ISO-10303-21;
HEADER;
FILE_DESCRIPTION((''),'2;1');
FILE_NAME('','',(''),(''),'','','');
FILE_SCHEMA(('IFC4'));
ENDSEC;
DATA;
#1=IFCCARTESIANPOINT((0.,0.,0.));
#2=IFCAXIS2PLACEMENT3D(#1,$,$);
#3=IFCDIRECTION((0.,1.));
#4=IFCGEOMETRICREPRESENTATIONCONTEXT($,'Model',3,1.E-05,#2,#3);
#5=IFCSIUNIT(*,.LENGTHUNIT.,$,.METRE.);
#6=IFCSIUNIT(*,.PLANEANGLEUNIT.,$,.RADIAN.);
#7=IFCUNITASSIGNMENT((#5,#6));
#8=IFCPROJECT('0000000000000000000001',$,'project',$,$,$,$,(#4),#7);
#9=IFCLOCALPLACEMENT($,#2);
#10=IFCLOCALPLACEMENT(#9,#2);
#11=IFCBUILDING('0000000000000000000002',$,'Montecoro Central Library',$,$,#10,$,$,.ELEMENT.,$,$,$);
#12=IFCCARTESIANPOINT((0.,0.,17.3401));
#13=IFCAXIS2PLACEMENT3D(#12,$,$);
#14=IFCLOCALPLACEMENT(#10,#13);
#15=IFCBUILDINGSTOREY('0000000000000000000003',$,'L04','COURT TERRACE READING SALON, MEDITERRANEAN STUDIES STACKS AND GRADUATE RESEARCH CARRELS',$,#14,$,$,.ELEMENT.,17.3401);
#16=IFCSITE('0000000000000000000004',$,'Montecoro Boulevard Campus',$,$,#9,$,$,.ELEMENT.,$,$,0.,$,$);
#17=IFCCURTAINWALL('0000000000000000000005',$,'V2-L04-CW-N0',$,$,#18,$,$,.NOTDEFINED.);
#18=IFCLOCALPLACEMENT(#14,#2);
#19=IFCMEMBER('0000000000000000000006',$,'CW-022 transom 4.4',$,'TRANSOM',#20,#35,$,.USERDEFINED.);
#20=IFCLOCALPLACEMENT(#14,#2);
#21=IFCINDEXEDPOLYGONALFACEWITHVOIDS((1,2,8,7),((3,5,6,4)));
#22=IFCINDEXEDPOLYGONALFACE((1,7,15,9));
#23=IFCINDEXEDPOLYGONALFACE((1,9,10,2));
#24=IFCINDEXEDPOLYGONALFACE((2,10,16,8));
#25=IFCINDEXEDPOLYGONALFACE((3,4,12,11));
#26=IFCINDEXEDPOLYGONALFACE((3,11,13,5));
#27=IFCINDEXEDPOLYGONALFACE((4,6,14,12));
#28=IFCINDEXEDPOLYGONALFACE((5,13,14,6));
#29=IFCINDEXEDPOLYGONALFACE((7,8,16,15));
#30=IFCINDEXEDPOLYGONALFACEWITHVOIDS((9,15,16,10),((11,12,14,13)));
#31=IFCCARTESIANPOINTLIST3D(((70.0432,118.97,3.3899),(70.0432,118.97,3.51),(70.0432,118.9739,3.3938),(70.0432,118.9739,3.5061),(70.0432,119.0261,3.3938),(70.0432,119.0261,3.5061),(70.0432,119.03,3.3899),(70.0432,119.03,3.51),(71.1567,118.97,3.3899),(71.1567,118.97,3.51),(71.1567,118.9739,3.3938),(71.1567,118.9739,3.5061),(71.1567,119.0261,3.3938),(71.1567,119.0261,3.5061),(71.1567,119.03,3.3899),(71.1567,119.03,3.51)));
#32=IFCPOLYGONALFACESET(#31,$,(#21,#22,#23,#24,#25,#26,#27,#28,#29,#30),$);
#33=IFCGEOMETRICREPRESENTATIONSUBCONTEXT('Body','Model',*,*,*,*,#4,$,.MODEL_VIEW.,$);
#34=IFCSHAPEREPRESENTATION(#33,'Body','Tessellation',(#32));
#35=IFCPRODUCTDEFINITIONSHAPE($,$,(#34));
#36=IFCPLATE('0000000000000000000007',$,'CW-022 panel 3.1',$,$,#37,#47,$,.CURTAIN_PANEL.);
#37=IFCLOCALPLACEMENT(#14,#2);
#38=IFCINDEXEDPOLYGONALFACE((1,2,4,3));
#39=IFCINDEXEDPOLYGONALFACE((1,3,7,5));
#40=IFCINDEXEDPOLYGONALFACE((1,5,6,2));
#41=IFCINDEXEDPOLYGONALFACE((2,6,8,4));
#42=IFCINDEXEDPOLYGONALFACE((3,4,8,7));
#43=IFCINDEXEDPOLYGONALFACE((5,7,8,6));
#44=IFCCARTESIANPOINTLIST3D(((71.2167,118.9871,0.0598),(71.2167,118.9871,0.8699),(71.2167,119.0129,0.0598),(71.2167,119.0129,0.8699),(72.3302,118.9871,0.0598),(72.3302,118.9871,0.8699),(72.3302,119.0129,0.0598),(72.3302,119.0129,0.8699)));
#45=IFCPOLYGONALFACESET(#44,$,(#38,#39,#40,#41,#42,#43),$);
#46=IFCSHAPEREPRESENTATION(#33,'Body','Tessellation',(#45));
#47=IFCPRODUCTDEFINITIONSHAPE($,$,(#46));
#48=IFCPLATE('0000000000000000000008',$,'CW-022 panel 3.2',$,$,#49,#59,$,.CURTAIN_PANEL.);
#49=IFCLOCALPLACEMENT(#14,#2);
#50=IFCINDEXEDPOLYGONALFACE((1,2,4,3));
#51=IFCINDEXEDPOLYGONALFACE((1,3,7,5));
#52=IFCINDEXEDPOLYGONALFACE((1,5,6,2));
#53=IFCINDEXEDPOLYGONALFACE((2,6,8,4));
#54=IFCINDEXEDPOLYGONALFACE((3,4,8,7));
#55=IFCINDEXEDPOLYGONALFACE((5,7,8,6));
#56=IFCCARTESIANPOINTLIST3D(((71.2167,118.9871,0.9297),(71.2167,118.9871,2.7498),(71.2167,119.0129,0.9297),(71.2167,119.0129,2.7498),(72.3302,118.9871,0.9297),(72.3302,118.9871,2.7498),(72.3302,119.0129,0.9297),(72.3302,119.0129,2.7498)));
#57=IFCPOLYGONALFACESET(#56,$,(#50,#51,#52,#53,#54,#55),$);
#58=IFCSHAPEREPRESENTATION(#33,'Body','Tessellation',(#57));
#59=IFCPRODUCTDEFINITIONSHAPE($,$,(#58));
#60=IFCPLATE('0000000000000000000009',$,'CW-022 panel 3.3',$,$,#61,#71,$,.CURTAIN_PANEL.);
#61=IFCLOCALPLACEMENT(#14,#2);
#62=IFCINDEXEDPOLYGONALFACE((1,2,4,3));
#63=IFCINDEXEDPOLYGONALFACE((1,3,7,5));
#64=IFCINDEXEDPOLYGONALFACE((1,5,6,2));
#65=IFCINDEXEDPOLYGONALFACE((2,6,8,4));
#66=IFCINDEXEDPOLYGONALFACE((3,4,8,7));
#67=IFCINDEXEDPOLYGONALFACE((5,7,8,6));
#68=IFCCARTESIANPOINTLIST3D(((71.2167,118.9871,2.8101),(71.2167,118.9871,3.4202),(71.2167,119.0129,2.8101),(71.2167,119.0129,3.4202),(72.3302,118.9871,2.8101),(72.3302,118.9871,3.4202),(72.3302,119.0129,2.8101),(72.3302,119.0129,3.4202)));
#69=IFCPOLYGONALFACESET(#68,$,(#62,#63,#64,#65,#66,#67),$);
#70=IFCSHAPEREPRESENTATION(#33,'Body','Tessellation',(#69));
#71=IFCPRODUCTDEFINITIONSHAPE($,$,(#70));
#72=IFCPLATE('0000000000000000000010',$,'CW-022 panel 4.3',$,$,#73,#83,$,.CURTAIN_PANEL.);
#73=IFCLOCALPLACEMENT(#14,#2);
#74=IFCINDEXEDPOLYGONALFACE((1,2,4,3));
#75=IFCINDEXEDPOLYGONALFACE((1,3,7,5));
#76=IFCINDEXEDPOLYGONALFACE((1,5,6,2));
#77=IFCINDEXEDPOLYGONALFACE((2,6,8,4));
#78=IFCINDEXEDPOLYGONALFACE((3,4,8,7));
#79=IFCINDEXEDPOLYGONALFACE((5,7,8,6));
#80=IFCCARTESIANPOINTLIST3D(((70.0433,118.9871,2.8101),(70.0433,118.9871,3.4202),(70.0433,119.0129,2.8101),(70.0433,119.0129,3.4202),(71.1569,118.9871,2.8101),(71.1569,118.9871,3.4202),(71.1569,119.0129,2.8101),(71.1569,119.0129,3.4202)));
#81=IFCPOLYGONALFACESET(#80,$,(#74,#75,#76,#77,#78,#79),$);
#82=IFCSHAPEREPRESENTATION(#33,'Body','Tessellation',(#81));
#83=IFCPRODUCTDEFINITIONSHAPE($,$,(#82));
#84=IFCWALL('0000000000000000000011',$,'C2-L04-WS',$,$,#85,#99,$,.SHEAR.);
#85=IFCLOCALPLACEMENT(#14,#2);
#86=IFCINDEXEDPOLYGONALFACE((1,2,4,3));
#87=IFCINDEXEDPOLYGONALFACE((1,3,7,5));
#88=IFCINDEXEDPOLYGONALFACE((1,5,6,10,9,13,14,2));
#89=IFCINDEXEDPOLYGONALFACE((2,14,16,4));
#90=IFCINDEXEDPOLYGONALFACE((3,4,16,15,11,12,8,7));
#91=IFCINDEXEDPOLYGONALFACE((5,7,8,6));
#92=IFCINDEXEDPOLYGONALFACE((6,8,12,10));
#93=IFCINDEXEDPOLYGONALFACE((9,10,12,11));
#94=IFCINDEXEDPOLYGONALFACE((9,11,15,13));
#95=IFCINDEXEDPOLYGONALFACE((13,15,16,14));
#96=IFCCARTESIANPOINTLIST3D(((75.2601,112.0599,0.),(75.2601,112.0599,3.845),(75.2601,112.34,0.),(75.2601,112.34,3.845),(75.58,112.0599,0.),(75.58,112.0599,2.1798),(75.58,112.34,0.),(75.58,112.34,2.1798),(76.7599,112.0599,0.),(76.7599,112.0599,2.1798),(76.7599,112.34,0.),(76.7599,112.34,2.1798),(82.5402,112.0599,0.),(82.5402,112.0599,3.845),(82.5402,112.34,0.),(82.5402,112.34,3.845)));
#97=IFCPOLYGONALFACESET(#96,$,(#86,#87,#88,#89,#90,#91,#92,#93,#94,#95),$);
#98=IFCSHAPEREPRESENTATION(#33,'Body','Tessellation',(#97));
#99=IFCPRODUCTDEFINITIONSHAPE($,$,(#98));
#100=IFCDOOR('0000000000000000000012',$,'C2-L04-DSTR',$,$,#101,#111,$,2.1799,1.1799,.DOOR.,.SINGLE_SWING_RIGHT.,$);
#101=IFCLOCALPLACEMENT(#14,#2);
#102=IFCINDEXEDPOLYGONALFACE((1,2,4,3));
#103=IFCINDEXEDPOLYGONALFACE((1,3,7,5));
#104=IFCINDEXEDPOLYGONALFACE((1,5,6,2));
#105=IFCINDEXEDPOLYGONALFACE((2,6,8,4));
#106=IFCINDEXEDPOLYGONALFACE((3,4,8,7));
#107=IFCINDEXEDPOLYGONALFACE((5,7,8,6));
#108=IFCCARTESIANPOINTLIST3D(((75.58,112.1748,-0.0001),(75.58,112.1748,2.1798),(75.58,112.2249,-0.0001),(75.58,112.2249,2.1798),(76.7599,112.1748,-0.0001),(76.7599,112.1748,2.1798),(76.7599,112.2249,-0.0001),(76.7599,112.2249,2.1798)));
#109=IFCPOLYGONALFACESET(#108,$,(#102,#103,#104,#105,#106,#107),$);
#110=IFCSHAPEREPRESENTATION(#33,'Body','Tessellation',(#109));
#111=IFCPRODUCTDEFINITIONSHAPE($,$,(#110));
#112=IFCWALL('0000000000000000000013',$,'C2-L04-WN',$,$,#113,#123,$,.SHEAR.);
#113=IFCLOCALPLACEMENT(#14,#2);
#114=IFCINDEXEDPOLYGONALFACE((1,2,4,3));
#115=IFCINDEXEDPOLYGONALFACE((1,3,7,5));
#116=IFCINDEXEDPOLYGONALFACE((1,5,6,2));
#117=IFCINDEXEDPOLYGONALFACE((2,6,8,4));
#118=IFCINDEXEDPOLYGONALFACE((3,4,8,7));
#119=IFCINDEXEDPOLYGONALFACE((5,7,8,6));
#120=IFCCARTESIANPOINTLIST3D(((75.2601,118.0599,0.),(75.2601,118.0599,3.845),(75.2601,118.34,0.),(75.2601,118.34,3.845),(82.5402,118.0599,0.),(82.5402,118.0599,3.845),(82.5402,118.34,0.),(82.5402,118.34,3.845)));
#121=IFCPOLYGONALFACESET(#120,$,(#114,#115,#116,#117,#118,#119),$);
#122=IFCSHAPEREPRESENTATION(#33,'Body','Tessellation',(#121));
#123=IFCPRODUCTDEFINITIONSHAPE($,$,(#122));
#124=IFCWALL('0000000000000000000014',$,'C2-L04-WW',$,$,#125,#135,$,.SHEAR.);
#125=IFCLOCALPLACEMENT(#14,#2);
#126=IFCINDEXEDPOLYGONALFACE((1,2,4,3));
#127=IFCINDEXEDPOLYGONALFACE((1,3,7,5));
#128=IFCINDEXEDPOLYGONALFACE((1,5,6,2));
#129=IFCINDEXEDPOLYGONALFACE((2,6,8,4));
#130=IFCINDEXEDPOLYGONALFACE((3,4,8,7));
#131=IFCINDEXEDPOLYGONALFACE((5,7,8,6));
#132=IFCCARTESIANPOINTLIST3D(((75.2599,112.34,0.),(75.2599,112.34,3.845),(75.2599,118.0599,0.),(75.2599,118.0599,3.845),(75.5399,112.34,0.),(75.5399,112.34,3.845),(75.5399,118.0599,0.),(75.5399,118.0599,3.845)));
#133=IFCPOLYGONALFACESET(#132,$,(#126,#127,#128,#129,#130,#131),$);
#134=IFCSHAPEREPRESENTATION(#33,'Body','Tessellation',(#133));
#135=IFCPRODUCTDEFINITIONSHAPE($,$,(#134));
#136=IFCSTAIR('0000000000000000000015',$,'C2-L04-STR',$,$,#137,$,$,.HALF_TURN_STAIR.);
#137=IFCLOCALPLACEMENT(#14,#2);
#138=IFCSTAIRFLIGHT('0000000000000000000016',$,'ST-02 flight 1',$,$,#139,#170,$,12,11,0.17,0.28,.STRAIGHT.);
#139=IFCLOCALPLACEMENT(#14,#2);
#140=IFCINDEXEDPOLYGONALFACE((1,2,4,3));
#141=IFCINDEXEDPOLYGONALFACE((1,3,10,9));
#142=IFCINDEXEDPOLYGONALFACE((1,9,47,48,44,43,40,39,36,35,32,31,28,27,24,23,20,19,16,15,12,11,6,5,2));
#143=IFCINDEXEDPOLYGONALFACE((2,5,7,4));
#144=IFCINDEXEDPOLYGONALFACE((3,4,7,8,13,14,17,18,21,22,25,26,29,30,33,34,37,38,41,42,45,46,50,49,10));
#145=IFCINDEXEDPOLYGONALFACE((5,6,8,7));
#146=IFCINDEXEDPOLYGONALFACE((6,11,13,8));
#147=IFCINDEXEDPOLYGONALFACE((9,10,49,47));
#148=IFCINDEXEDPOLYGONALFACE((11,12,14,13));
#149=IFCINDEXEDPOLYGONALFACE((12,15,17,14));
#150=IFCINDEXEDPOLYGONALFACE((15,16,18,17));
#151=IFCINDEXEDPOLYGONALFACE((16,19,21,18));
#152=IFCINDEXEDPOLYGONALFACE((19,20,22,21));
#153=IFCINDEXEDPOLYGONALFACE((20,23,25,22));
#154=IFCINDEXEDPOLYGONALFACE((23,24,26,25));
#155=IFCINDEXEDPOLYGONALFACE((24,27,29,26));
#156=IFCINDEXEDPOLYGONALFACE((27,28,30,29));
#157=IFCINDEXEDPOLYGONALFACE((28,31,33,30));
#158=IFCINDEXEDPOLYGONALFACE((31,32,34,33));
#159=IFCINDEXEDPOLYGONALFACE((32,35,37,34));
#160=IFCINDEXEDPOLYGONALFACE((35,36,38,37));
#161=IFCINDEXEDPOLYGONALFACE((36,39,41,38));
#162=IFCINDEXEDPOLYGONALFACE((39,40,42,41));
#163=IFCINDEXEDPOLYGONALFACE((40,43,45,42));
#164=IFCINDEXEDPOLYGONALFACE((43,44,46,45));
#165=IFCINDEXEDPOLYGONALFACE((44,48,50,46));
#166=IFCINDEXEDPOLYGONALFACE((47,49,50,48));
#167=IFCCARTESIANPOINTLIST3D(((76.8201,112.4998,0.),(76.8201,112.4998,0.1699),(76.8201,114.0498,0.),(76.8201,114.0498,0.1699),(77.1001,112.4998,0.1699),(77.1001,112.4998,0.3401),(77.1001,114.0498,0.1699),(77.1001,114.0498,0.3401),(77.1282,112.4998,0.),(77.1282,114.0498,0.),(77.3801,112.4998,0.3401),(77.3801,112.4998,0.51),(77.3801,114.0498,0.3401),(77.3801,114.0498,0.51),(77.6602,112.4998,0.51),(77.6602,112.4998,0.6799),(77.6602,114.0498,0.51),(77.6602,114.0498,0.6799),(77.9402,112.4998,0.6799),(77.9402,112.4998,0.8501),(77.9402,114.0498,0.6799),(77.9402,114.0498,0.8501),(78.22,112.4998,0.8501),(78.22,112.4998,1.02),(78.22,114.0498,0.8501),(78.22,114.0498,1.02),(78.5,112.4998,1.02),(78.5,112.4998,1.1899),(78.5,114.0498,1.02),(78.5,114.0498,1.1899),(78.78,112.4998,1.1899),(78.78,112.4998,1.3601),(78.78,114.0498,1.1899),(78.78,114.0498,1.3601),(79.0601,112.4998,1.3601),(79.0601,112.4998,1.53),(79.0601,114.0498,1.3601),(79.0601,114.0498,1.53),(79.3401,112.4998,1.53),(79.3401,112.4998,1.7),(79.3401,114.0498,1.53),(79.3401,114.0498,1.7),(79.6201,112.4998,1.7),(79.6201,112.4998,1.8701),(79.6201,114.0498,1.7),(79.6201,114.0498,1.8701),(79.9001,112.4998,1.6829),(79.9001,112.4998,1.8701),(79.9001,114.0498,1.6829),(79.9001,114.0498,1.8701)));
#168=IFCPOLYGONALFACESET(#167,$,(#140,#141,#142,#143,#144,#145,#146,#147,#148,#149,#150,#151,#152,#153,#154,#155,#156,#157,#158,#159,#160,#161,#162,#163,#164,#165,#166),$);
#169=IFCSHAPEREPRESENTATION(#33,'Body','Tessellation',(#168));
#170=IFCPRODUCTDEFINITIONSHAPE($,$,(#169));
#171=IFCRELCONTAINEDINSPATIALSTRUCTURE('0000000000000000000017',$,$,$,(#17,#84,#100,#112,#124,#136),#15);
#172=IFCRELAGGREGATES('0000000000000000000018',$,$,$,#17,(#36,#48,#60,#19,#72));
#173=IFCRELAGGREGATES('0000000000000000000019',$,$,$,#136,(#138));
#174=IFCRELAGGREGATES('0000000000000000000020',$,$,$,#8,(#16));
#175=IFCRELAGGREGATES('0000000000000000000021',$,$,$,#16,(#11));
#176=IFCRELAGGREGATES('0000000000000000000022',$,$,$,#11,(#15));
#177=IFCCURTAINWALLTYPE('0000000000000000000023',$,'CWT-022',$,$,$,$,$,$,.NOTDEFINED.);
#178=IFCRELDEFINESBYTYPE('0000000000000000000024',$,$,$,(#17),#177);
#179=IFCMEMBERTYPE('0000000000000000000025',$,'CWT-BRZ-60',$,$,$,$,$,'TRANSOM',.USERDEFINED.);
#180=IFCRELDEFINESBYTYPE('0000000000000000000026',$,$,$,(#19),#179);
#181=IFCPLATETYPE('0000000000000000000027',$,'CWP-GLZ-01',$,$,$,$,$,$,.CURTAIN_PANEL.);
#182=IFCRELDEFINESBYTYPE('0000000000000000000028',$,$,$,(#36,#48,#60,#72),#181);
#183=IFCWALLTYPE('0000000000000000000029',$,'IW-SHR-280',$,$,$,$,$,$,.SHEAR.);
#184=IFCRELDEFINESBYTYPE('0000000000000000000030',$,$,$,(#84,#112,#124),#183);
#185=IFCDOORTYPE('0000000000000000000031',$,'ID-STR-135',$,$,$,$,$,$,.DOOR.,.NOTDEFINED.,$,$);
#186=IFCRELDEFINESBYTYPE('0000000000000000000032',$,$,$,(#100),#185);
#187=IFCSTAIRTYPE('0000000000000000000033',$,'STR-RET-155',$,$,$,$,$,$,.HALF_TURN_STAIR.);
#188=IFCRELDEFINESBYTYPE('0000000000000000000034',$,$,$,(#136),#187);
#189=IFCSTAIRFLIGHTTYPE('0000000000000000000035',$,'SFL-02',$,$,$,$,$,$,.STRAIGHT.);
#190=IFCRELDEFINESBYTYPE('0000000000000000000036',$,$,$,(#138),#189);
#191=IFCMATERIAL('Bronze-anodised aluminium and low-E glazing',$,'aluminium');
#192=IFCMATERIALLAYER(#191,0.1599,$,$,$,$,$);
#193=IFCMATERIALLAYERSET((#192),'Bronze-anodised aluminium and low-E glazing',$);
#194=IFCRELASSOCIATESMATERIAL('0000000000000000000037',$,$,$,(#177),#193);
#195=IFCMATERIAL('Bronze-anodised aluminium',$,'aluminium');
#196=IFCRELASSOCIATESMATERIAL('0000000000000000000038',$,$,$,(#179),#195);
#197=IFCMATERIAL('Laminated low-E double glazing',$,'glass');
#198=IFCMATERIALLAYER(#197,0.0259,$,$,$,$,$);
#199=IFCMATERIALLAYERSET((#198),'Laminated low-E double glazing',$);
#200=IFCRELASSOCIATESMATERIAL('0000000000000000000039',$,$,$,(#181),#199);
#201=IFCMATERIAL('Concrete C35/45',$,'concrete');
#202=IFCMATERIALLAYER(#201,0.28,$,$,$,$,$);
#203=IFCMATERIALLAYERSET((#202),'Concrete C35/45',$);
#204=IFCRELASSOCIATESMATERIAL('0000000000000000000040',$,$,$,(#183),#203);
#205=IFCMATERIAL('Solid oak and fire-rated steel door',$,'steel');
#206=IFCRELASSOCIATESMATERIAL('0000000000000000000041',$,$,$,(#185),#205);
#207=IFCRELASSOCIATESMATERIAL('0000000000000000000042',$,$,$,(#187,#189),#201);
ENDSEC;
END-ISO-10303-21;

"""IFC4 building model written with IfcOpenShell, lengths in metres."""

from ifc_helpers import new_model, si_unit, direction, frame, frame_2d, origin, origin_2d, place, context, subcontext, project, spatial, polyline, rectangle, hollow_rectangle, outline, extrude, material, layer, layer_set, material_profile, profile_set, type_object, element, fill, aggregate, save


model = new_model("IFC4")

# Units and contexts
model_context = context("Model", 3, precision=1e-05, world=origin(), true_north=direction((0.0, 1.0)))
body_context = subcontext(model_context, "Body", "Model", "MODEL_VIEW")
ifc_project = project(units=[si_unit("LENGTHUNIT", "METRE"), si_unit("PLANEANGLEUNIT", "RADIAN")], contexts=[model_context])

# Site, building, storey
site_placement = place(None, origin())
site = spatial("IfcSite", under=ifc_project, at=site_placement, Name="Montecoro Boulevard Campus", CompositionType="ELEMENT", RefElevation=0.0)
building_placement = place(site_placement, origin())
building = spatial("IfcBuilding", under=site, at=building_placement, Name="Montecoro Central Library", CompositionType="ELEMENT")
storey_placement = place(building_placement, frame((0.0, 0.0, 17.3401)))
storey = spatial("IfcBuildingStorey", under=building, at=storey_placement, Name="L04", Description="COURT TERRACE READING SALON, MEDITERRANEAN STUDIES STACKS AND GRADUATE RESEARCH CARRELS", CompositionType="ELEMENT", Elevation=17.3401)

# Shared definitions
ifc_material_1 = material(Name="Concrete C35/45", Category="concrete")

# Curtain wall, member, plates
ifc_material_2 = material(Name="Bronze-anodised aluminium and low-E glazing", Category="aluminium")
ifc_layer_1 = layer(ifc_material_2, 0.1599)
ifc_layer_set_1 = layer_set([ifc_layer_1], Name="Bronze-anodised aluminium and low-E glazing")
curtain_wall_type = type_object("IfcCurtainWallType", Name="CWT-022", PredefinedType="NOTDEFINED", material=ifc_layer_set_1)
curtain_wall_placement = place(storey_placement, origin())
curtain_wall = element("IfcCurtainWall", 1, at=curtain_wall_placement, inside=storey, type_object=curtain_wall_type, Name="V2-L04-CW-N0", PredefinedType="NOTDEFINED")
ifc_material_3 = material(Name="Bronze-anodised aluminium", Category="aluminium")
ifc_material_profile_1 = material_profile(ifc_material_3, hollow_rectangle(XDim=0.0601, YDim=0.1201, WallThickness=0.0039, at=origin_2d()), Name="CWT 120x60x4.0")
ifc_profile_set_1 = profile_set([ifc_material_profile_1], Name="Bronze-anodised aluminium")
member_type_1 = type_object("IfcMemberType", Name="CWT-BRZ-60", ElementType="TRANSOM", PredefinedType="USERDEFINED", material=ifc_profile_set_1)
member_1_placement = place(storey_placement, frame((71.1567, 119.0, 3.45), z_axis=(-1.0, 0.0, 0.0), x_axis=(0.0, -1.0, 0.0)))
member_1 = element("IfcMember", 2, at=member_1_placement, type_object=member_type_1, Name="CW-022 transom 4.4", ObjectType="TRANSOM", PredefinedType="USERDEFINED", context=body_context, shape_type="SweptSolid", body=[
    extrude(hollow_rectangle(XDim=0.0601, YDim=0.1201, WallThickness=0.0039, at=origin_2d()), origin(), (0.0, 0.0, 1.0), 1.1135),
])
ifc_material_4 = material(Name="Laminated low-E double glazing", Category="glass")
ifc_layer_2 = layer(ifc_material_4, 0.0259)
ifc_layer_set_2 = layer_set([ifc_layer_2], Name="Laminated low-E double glazing")
plate_type = type_object("IfcPlateType", Name="CWP-GLZ-01", PredefinedType="CURTAIN_PANEL", material=ifc_layer_set_2)
plate_1_placement = place(storey_placement, frame((71.7734, 119.0, 0.0598), z_axis=(0.0, 0.0, 1.0), x_axis=(-1.0, 0.0, 0.0)))
plate_1 = element("IfcPlate", 3, at=plate_1_placement, type_object=plate_type, Name="CW-022 panel 3.1", PredefinedType="CURTAIN_PANEL", context=body_context, shape_type="SweptSolid", body=[
    extrude(rectangle(XDim=1.1135, YDim=0.0259, at=origin_2d()), origin(), (0.0, 0.0, 1.0), 0.8101),
])
plate_2_placement = place(storey_placement, frame((71.7734, 119.0, 0.9297), z_axis=(0.0, 0.0, 1.0), x_axis=(-1.0, 0.0, 0.0)))
plate_2 = element("IfcPlate", 4, at=plate_2_placement, type_object=plate_type, Name="CW-022 panel 3.2", PredefinedType="CURTAIN_PANEL", context=body_context, shape_type="SweptSolid", body=[
    extrude(rectangle(XDim=1.1135, YDim=0.0259, at=origin_2d()), origin(), (0.0, 0.0, 1.0), 1.8201),
])
plate_3_placement = place(storey_placement, frame((71.7734, 119.0, 2.8101), z_axis=(0.0, 0.0, 1.0), x_axis=(-1.0, 0.0, 0.0)))
plate_3 = element("IfcPlate", 5, at=plate_3_placement, type_object=plate_type, Name="CW-022 panel 3.3", PredefinedType="CURTAIN_PANEL", context=body_context, shape_type="SweptSolid", body=[
    extrude(rectangle(XDim=1.1135, YDim=0.0259, at=origin_2d()), origin(), (0.0, 0.0, 1.0), 0.6101),
])
plate_4_placement = place(storey_placement, frame((70.6001, 119.0, 2.8101), z_axis=(0.0, 0.0, 1.0), x_axis=(-1.0, 0.0, 0.0)))
plate_4 = element("IfcPlate", 6, at=plate_4_placement, type_object=plate_type, Name="CW-022 panel 4.3", PredefinedType="CURTAIN_PANEL", context=body_context, shape_type="SweptSolid", body=[
    extrude(rectangle(XDim=1.1135, YDim=0.0259, at=origin_2d()), origin(), (0.0, 0.0, 1.0), 0.6101),
])
aggregate(curtain_wall, [plate_1, plate_2, plate_3, member_1, plate_4])

# Wall, opening, door
ifc_layer_3 = layer(ifc_material_1, 0.28)
ifc_layer_set_3 = layer_set([ifc_layer_3], Name="Concrete C35/45")
wall_type = type_object("IfcWallType", Name="IW-SHR-280", PredefinedType="SHEAR", material=ifc_layer_set_3)
wall_1_placement = place(storey_placement, frame((75.26, 112.2, 0.0), z_axis=(0.0, 0.0, 1.0), x_axis=(1.0, 0.0, 0.0)))
wall_1 = element("IfcWall", 7, at=wall_1_placement, inside=storey, type_object=wall_type, Name="C2-L04-WS", PredefinedType="SHEAR", context=body_context, shape_type="SweptSolid", body=[
    extrude(rectangle(XDim=7.28, YDim=0.28, at=frame_2d((3.6401, 0.0))), origin(), (0.0, 0.0, 1.0), 3.845),
])
opening_placement = place(wall_1_placement, frame((0.3201, 0.0, 0.0)))
opening = element("IfcOpeningElement", 8, at=opening_placement, cuts=wall_1, PredefinedType="OPENING", context=body_context, shape_type="SweptSolid", body=[
    extrude(rectangle(XDim=1.1799, YDim=2.1799, at=frame_2d((0.5898, 1.0898))), frame((0.0, 0.1499, 0.0), z_axis=(0.0, -1.0, 0.0), x_axis=(1.0, 0.0, 0.0)), (0.0, 0.0, 1.0), 0.3),
])
ifc_material_5 = material(Name="Solid oak and fire-rated steel door", Category="steel")
door_type = type_object("IfcDoorType", Name="ID-STR-135", OperationType="NOTDEFINED", PredefinedType="DOOR", material=ifc_material_5)
door_placement = place(opening_placement, origin())
door = element("IfcDoor", 9, at=door_placement, inside=storey, type_object=door_type, Name="C2-L04-DSTR", OperationType="SINGLE_SWING_RIGHT", OverallHeight=2.1799, OverallWidth=1.1799, PredefinedType="DOOR", context=body_context, shape_type="SweptSolid", body=[
    extrude(rectangle(XDim=1.1799, YDim=2.1799, at=frame_2d((0.5898, 1.0898))), frame((0.0, 0.0249, 0.0), z_axis=(0.0, -1.0, 0.0), x_axis=(1.0, 0.0, 0.0)), (0.0, 0.0, 1.0), 0.05),
])
fill(opening, door)

# Walls
wall_2_placement = place(storey_placement, frame((75.26, 118.2, 0.0), z_axis=(0.0, 0.0, 1.0), x_axis=(1.0, 0.0, 0.0)))
element("IfcWall", 10, at=wall_2_placement, inside=storey, type_object=wall_type, Name="C2-L04-WN", PredefinedType="SHEAR", context=body_context, shape_type="SweptSolid", body=[
    extrude(rectangle(XDim=7.28, YDim=0.28, at=frame_2d((3.6401, 0.0))), origin(), (0.0, 0.0, 1.0), 3.845),
])
wall_3_placement = place(storey_placement, frame((75.3999, 112.3401, 0.0), z_axis=(0.0, 0.0, 1.0), x_axis=(0.0, 1.0, 0.0)))
element("IfcWall", 11, at=wall_3_placement, inside=storey, type_object=wall_type, Name="C2-L04-WW", PredefinedType="SHEAR", context=body_context, shape_type="SweptSolid", body=[
    extrude(rectangle(XDim=5.72, YDim=0.28, at=frame_2d((2.8599, 0.0))), origin(), (0.0, 0.0, 1.0), 3.845),
])

# Stair, stair flight
stair_type = type_object("IfcStairType", Name="STR-RET-155", PredefinedType="HALF_TURN_STAIR", material=ifc_material_1)
stair_placement = place(storey_placement, origin())
stair = element("IfcStair", 12, at=stair_placement, inside=storey, type_object=stair_type, Name="C2-L04-STR", PredefinedType="HALF_TURN_STAIR")
stair_flight_type = type_object("IfcStairFlightType", Name="SFL-02", PredefinedType="STRAIGHT", material=ifc_material_1)
stair_flight_placement = place(storey_placement, frame((76.8201, 113.2749, 0.0), z_axis=(0.0, 0.0, 1.0), x_axis=(1.0, 0.0, 0.0)))
stair_flight = element("IfcStairFlight", 13, at=stair_flight_placement, type_object=stair_flight_type, Name="ST-02 flight 1", NumberOfRisers=12, NumberOfTreads=11, PredefinedType="STRAIGHT", RiserHeight=0.17, TreadLength=0.28, context=body_context, shape_type="SweptSolid", body=[
    extrude(outline(polyline([(0.0, 0.0), (0.0, 0.1699), (0.28, 0.1699), (0.28, 0.3401), (0.5601, 0.3401), (0.5601, 0.51), (0.8401, 0.51), (0.8401, 0.6799), (1.1201, 0.6799), (1.1201, 0.8501), (1.3999, 0.8501), (1.3999, 1.02), (1.6799, 1.02), (1.6799, 1.1899), (1.96, 1.1899), (1.96, 1.3601), (2.24, 1.3601), (2.24, 1.53), (2.52, 1.53), (2.52, 1.7), (2.8, 1.7), (2.8, 1.8701), (3.0801, 1.8701), (3.0801, 2.04), (3.0801, 1.6829), (0.3081, 0.0), (0.0, 0.0)])), frame((0.0, 0.7749, 0.0), z_axis=(0.0, -1.0, 0.0), x_axis=(1.0, 0.0, 0.0)), (0.0, 0.0, 1.0), 1.55),
])
aggregate(stair, [stair_flight])

save(model, "model.ifc")
